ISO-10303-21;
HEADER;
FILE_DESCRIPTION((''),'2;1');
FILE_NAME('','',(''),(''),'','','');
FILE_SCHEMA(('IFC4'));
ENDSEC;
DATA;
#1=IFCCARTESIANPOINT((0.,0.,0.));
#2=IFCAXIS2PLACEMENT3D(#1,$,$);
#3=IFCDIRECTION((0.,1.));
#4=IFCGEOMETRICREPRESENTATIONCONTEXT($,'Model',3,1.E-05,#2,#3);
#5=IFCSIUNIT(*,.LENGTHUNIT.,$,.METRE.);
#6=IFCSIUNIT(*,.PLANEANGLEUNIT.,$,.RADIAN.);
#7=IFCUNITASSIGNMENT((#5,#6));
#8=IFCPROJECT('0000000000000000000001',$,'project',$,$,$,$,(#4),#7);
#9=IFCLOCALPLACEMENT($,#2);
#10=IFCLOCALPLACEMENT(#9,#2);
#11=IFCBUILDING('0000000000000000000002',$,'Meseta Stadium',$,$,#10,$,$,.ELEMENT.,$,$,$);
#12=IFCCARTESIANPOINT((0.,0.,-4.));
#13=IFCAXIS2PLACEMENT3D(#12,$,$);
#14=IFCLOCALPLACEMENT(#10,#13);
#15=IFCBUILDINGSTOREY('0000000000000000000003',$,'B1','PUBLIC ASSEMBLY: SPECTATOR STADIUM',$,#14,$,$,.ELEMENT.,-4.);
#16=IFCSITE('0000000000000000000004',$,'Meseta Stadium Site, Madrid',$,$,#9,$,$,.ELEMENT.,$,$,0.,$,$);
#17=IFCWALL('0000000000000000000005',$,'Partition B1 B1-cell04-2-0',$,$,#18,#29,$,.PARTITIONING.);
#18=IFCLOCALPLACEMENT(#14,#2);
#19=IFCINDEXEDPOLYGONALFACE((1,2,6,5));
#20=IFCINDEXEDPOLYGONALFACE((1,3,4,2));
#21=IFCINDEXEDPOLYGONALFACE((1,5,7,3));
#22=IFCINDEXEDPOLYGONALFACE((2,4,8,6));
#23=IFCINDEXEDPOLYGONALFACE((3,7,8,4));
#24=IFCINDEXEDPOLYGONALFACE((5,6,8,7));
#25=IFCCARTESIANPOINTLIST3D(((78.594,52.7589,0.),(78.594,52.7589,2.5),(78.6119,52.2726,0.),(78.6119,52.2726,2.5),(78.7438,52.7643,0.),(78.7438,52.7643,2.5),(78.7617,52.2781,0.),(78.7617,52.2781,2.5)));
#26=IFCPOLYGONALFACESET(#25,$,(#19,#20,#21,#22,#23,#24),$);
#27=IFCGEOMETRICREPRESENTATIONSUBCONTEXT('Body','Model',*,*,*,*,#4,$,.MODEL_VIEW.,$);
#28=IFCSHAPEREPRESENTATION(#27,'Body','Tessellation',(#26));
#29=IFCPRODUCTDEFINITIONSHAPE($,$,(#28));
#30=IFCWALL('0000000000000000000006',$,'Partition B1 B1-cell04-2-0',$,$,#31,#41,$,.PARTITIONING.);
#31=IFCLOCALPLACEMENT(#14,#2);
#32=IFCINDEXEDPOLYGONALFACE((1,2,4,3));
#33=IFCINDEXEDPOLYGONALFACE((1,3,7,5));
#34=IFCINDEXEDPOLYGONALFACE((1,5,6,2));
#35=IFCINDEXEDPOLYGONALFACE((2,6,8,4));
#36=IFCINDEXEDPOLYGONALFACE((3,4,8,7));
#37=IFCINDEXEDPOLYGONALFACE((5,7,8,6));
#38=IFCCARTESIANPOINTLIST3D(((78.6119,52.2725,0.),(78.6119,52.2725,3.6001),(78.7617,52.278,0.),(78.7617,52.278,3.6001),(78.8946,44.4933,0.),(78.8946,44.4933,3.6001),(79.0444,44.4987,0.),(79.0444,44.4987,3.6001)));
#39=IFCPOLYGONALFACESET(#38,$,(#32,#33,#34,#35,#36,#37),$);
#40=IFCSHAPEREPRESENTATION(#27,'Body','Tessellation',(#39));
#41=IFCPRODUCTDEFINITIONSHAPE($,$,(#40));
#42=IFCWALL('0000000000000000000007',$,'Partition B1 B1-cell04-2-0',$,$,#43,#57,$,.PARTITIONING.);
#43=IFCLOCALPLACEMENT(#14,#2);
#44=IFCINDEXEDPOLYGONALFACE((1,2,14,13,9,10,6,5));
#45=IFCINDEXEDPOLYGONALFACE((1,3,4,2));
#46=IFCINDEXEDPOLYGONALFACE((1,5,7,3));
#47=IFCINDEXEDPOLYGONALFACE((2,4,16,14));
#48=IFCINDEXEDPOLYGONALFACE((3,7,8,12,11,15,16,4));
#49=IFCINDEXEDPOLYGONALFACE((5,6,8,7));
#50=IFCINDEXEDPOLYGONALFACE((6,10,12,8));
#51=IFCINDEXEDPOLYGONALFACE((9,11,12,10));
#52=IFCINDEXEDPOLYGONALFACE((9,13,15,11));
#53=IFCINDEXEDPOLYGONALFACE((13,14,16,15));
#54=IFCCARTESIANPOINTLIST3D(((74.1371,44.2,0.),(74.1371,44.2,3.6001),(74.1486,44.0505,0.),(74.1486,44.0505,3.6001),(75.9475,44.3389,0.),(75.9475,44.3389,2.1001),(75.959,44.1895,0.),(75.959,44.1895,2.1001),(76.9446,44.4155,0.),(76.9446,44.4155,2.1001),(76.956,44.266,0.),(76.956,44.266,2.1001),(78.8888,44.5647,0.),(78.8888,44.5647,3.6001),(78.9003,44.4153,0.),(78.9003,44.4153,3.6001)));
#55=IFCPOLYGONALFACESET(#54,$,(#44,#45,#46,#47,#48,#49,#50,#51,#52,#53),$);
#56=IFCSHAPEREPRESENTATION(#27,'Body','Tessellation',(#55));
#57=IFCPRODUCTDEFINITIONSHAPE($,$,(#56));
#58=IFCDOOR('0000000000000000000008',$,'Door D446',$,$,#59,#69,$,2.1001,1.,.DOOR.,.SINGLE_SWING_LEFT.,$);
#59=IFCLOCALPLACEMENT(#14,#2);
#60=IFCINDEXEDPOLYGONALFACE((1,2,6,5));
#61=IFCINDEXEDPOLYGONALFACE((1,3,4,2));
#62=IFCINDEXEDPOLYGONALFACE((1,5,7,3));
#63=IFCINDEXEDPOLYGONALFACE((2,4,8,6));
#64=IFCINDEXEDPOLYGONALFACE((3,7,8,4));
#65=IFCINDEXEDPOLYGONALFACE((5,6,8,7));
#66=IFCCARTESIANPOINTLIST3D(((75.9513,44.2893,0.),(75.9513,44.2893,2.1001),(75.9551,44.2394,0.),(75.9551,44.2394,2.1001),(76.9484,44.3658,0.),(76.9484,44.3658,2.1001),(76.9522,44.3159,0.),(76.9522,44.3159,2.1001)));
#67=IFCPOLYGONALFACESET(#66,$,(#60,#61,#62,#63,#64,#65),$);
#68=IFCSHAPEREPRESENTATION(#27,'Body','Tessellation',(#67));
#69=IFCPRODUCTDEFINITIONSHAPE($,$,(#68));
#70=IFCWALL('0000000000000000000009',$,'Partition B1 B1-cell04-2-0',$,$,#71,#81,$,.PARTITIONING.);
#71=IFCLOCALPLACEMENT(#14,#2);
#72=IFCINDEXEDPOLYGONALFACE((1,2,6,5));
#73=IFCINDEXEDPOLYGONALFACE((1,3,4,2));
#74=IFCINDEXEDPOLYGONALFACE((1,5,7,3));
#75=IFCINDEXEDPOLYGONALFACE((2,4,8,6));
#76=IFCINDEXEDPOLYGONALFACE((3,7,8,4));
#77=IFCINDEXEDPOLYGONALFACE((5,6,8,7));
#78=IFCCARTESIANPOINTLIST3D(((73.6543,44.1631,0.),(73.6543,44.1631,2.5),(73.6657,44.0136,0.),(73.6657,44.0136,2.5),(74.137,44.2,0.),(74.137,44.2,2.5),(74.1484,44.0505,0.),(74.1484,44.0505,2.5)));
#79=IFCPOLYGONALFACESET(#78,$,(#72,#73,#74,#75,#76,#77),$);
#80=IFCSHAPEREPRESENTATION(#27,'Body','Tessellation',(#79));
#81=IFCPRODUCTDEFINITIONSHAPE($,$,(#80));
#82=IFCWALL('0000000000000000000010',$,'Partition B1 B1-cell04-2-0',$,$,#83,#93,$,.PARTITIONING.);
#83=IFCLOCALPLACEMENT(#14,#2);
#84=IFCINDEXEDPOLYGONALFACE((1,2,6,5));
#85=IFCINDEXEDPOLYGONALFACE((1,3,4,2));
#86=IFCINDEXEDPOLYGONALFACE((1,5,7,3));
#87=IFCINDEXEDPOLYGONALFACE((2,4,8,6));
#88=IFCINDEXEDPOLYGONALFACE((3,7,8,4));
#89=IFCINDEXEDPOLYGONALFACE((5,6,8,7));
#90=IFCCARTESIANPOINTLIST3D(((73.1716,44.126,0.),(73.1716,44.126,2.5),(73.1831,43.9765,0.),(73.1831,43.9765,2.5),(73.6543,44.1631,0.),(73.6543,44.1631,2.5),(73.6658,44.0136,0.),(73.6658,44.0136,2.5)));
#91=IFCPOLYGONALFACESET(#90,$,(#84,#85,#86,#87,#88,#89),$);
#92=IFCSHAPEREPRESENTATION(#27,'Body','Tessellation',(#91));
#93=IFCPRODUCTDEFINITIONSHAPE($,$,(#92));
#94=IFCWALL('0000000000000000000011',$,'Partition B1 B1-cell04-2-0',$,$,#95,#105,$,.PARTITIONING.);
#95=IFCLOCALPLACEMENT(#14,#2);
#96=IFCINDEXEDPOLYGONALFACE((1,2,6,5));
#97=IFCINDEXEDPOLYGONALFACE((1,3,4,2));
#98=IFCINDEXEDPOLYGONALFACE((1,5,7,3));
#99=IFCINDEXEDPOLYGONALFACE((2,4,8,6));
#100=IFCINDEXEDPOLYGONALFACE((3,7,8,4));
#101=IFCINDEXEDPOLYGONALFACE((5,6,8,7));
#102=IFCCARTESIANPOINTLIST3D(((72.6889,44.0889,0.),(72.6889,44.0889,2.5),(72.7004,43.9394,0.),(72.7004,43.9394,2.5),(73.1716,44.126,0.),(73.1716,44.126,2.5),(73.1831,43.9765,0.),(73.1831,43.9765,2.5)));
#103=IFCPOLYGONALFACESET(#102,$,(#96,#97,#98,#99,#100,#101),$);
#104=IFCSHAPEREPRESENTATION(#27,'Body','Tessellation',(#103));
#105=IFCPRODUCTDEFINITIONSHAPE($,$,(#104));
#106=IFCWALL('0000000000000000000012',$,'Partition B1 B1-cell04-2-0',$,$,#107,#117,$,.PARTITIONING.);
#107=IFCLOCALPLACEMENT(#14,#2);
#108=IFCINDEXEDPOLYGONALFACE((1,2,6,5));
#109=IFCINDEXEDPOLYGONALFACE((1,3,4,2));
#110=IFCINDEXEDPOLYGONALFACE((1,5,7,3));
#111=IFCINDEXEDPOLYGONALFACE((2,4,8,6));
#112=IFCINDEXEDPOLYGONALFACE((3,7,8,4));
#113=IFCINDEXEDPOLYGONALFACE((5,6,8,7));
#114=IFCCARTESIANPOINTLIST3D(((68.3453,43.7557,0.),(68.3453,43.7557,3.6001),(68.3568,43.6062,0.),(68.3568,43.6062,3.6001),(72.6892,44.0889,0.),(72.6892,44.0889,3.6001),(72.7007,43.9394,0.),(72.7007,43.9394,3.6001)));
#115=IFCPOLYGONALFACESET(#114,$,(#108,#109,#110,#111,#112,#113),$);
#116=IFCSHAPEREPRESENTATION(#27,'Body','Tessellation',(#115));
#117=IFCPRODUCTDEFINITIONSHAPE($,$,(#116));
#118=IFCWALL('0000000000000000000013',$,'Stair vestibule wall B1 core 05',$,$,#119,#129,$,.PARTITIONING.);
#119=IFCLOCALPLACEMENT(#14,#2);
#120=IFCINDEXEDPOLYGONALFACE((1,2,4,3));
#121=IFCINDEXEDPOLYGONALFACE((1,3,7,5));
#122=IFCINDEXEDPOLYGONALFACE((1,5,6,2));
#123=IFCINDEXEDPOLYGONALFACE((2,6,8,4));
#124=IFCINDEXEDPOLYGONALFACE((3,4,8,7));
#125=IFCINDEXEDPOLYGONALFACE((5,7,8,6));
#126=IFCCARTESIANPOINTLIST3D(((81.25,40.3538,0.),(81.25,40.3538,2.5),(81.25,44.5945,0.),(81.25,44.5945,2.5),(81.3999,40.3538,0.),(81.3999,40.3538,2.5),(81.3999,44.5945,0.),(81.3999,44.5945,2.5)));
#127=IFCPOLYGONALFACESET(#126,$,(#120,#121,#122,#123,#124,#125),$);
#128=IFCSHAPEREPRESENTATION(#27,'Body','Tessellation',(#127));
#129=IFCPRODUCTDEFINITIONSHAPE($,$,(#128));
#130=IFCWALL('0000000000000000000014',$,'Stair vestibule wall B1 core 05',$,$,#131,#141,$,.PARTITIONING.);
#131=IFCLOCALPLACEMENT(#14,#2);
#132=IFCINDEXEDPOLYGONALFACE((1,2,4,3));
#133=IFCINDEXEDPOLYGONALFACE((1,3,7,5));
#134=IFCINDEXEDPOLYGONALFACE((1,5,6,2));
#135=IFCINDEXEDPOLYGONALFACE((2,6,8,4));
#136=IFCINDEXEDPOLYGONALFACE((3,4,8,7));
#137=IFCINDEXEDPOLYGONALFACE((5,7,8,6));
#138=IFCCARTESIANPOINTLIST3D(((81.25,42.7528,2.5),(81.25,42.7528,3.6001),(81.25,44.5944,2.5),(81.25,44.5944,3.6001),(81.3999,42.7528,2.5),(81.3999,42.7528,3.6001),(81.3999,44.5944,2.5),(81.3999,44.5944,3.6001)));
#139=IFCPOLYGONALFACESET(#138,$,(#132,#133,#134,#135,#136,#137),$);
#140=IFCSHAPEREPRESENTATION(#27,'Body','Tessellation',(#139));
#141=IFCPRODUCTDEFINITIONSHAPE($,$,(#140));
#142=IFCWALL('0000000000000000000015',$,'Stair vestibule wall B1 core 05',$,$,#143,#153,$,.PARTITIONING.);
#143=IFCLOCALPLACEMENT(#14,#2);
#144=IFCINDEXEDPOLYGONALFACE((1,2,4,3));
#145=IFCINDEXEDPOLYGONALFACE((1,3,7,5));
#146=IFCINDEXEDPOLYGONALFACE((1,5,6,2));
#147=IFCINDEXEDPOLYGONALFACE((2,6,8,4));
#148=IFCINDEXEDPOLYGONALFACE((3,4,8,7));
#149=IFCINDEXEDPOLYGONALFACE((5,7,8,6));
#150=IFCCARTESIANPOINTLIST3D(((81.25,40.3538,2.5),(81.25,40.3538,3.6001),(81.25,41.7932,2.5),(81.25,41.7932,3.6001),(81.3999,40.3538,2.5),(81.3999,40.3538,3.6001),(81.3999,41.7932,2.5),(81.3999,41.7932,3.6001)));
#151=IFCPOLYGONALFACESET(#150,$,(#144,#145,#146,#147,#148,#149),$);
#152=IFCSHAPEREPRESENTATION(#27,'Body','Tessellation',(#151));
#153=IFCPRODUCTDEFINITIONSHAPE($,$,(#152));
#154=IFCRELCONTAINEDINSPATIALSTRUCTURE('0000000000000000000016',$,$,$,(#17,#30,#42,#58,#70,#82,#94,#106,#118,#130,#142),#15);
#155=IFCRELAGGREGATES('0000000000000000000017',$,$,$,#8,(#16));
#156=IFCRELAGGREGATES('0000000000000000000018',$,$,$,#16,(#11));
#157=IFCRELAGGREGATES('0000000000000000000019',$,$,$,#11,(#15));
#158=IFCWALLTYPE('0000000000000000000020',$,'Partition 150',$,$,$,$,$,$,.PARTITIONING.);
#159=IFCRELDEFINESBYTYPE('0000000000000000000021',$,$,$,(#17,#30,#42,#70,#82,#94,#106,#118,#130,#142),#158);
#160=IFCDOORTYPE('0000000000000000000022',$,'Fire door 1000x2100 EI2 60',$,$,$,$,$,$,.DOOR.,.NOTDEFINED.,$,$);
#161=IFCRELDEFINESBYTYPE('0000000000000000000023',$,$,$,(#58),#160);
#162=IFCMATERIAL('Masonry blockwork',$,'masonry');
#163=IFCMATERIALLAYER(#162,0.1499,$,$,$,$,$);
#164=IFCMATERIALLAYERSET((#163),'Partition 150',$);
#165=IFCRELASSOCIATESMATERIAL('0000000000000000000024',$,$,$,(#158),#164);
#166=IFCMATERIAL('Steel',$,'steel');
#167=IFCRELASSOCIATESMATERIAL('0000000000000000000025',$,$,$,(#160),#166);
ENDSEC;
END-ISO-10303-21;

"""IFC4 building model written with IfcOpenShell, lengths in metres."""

from ifc_helpers import new_model, si_unit, direction, frame, frame_2d, origin, place, context, subcontext, project, spatial, rectangle, extrude, material, layer, layer_set, type_object, element, fill, save


model = new_model("IFC4")

# Units and contexts
model_context = context("Model", 3, precision=1e-05, world=origin(), true_north=direction((0.0, 1.0)))
body_context = subcontext(model_context, "Body", "Model", "MODEL_VIEW")
ifc_project = project(units=[si_unit("LENGTHUNIT", "METRE"), si_unit("PLANEANGLEUNIT", "RADIAN")], contexts=[model_context])

# Site, building, storey
site_placement = place(None, origin())
site = spatial("IfcSite", under=ifc_project, at=site_placement, Name="Meseta Stadium Site, Madrid", CompositionType="ELEMENT", RefElevation=0.0)
building_placement = place(site_placement, origin())
building = spatial("IfcBuilding", under=site, at=building_placement, Name="Meseta Stadium", CompositionType="ELEMENT")
storey_placement = place(building_placement, frame((0.0, 0.0, -4.0)))
storey = spatial("IfcBuildingStorey", under=building, at=storey_placement, Name="B1", Description="PUBLIC ASSEMBLY: SPECTATOR STADIUM", CompositionType="ELEMENT", Elevation=-4.0)

# Walls
ifc_material_1 = material(Name="Masonry blockwork", Category="masonry")
ifc_layer = layer(ifc_material_1, 0.1499)
ifc_layer_set = layer_set([ifc_layer], Name="Partition 150")
wall_type = type_object("IfcWallType", Name="Partition 150", PredefinedType="PARTITIONING", material=ifc_layer_set)
wall_1_placement = place(storey_placement, frame((78.6689, 52.7615, 0.0), z_axis=(0.0, 0.0, 1.0), x_axis=(0.036622, -0.999329, 0.0)))
element("IfcWall", 1, at=wall_1_placement, inside=storey, type_object=wall_type, Name="Partition B1 B1-cell04-2-0", PredefinedType="PARTITIONING", context=body_context, shape_type="SweptSolid", body=[
    extrude(rectangle(XDim=0.4866, YDim=0.1499, at=frame_2d((0.2432, 0.0))), origin(), (0.0, 0.0, 1.0), 2.5),
])
wall_2_placement = place(storey_placement, frame((78.6868, 52.2751, 0.0), z_axis=(0.0, 0.0, 1.0), x_axis=(0.036318, -0.99934, 0.0)))
element("IfcWall", 2, at=wall_2_placement, inside=storey, type_object=wall_type, Name="Partition B1 B1-cell04-2-0", PredefinedType="PARTITIONING", context=body_context, shape_type="SweptSolid", body=[
    extrude(rectangle(XDim=7.7844, YDim=0.1499, at=frame_2d((3.8921, 0.0))), origin(), (0.0, 0.0, 1.0), 3.6001),
])

# Wall, opening, door
wall_3_placement = place(storey_placement, frame((78.8945, 44.49, 0.0), z_axis=(0.0, 0.0, 1.0), x_axis=(-0.997067, -0.076536, 0.0)))
wall_3 = element("IfcWall", 3, at=wall_3_placement, inside=storey, type_object=wall_type, Name="Partition B1 B1-cell04-2-0", PredefinedType="PARTITIONING", context=body_context, shape_type="SweptSolid", body=[
    extrude(rectangle(XDim=4.7656, YDim=0.1499, at=frame_2d((2.3828, 0.0))), origin(), (0.0, 0.0, 1.0), 3.6001),
])
opening_placement = place(wall_3_placement, frame((1.95, 0.0, 0.0)))
opening = element("IfcOpeningElement", 4, at=opening_placement, cuts=wall_3, PredefinedType="OPENING", context=body_context, shape_type="SweptSolid", body=[
    extrude(rectangle(XDim=1.0, YDim=2.1001, at=frame_2d((0.5, 1.05))), frame((0.0, 0.085, 0.0), z_axis=(0.0, -1.0, 0.0), x_axis=(1.0, 0.0, 0.0)), (0.0, 0.0, 1.0), 0.1699),
])
ifc_material_2 = material(Name="Steel", Category="steel")
door_type = type_object("IfcDoorType", Name="Fire door 1000x2100 EI2 60", OperationType="NOTDEFINED", PredefinedType="DOOR", material=ifc_material_2)
door_placement = place(opening_placement, origin())
door = element("IfcDoor", 5, at=door_placement, inside=storey, type_object=door_type, Name="Door D446", OperationType="SINGLE_SWING_LEFT", OverallHeight=2.1001, OverallWidth=1.0, PredefinedType="DOOR", context=body_context, shape_type="SweptSolid", body=[
    extrude(rectangle(XDim=1.0, YDim=2.1001, at=frame_2d((0.5, 1.05))), frame((0.0, 0.0249, 0.0), z_axis=(0.0, -1.0, 0.0), x_axis=(1.0, 0.0, 0.0)), (0.0, 0.0, 1.0), 0.05),
])
fill(opening, door)

# Walls
for number, where, z_axis, x_axis, name in (
    (6, (74.1428, 44.1252, 0.0), (0.0, 0.0, 1.0), (-0.997096, -0.076157, 0.0), "Partition B1 B1-cell04-2-0"),
    (7, (73.6602, 44.0884, 0.0), (0.0, 0.0, 1.0), (-0.997057, -0.076658, 0.0), "Partition B1 B1-cell04-2-0"),
    (8, (73.1775, 44.0513, 0.0), (0.0, 0.0, 1.0), (-0.997057, -0.076658, 0.0), "Partition B1 B1-cell04-2-0"),
):
    element("IfcWall", number, at=place(storey_placement, frame(where, z_axis=z_axis, x_axis=x_axis)), inside=storey, type_object=wall_type, Name=name, PredefinedType="PARTITIONING", context=body_context, shape_type="SweptSolid", body=[
        extrude(rectangle(XDim=0.4841, YDim=0.1499, at=frame_2d((0.2422, 0.0))), origin(), (0.0, 0.0, 1.0), 2.5),
    ])
wall_4_placement = place(storey_placement, frame((72.6948, 44.0142, 0.0), z_axis=(0.0, 0.0, 1.0), x_axis=(-0.99707, -0.076491, 0.0)))
element("IfcWall", 9, at=wall_4_placement, inside=storey, type_object=wall_type, Name="Partition B1 B1-cell04-2-0", PredefinedType="PARTITIONING", context=body_context, shape_type="SweptSolid", body=[
    extrude(rectangle(XDim=4.3567, YDim=0.1499, at=frame_2d((2.1782, 0.0))), origin(), (0.0, 0.0, 1.0), 3.6001),
])
wall_5_placement = place(storey_placement, frame((81.325, 44.5945, 0.0), z_axis=(0.0, 0.0, 1.0), x_axis=(0.0, -1.0, 0.0)))
element("IfcWall", 10, at=wall_5_placement, inside=storey, type_object=wall_type, Name="Stair vestibule wall B1 core 05", PredefinedType="PARTITIONING", context=body_context, shape_type="SweptSolid", body=[
    extrude(rectangle(XDim=4.2407, YDim=0.1499, at=frame_2d((2.1204, 0.0))), origin(), (0.0, 0.0, 1.0), 2.5),
])
wall_6_placement = place(storey_placement, frame((81.325, 44.5945, 2.5), z_axis=(0.0, 0.0, 1.0), x_axis=(0.0, -1.0, 0.0)))
element("IfcWall", 11, at=wall_6_placement, inside=storey, type_object=wall_type, Name="Stair vestibule wall B1 core 05", PredefinedType="PARTITIONING", context=body_context, shape_type="SweptSolid", body=[
    extrude(rectangle(XDim=1.8416, YDim=0.1499, at=frame_2d((0.9209, 0.0))), origin(), (0.0, 0.0, 1.0), 1.1001),
])
wall_7_placement = place(storey_placement, frame((81.325, 41.7932, 2.5), z_axis=(0.0, 0.0, 1.0), x_axis=(0.0, -1.0, 0.0)))
element("IfcWall", 12, at=wall_7_placement, inside=storey, type_object=wall_type, Name="Stair vestibule wall B1 core 05", PredefinedType="PARTITIONING", context=body_context, shape_type="SweptSolid", body=[
    extrude(rectangle(XDim=1.4395, YDim=0.1499, at=frame_2d((0.7197, 0.0))), origin(), (0.0, 0.0, 1.0), 1.1001),
])

save(model, "model.ifc")
